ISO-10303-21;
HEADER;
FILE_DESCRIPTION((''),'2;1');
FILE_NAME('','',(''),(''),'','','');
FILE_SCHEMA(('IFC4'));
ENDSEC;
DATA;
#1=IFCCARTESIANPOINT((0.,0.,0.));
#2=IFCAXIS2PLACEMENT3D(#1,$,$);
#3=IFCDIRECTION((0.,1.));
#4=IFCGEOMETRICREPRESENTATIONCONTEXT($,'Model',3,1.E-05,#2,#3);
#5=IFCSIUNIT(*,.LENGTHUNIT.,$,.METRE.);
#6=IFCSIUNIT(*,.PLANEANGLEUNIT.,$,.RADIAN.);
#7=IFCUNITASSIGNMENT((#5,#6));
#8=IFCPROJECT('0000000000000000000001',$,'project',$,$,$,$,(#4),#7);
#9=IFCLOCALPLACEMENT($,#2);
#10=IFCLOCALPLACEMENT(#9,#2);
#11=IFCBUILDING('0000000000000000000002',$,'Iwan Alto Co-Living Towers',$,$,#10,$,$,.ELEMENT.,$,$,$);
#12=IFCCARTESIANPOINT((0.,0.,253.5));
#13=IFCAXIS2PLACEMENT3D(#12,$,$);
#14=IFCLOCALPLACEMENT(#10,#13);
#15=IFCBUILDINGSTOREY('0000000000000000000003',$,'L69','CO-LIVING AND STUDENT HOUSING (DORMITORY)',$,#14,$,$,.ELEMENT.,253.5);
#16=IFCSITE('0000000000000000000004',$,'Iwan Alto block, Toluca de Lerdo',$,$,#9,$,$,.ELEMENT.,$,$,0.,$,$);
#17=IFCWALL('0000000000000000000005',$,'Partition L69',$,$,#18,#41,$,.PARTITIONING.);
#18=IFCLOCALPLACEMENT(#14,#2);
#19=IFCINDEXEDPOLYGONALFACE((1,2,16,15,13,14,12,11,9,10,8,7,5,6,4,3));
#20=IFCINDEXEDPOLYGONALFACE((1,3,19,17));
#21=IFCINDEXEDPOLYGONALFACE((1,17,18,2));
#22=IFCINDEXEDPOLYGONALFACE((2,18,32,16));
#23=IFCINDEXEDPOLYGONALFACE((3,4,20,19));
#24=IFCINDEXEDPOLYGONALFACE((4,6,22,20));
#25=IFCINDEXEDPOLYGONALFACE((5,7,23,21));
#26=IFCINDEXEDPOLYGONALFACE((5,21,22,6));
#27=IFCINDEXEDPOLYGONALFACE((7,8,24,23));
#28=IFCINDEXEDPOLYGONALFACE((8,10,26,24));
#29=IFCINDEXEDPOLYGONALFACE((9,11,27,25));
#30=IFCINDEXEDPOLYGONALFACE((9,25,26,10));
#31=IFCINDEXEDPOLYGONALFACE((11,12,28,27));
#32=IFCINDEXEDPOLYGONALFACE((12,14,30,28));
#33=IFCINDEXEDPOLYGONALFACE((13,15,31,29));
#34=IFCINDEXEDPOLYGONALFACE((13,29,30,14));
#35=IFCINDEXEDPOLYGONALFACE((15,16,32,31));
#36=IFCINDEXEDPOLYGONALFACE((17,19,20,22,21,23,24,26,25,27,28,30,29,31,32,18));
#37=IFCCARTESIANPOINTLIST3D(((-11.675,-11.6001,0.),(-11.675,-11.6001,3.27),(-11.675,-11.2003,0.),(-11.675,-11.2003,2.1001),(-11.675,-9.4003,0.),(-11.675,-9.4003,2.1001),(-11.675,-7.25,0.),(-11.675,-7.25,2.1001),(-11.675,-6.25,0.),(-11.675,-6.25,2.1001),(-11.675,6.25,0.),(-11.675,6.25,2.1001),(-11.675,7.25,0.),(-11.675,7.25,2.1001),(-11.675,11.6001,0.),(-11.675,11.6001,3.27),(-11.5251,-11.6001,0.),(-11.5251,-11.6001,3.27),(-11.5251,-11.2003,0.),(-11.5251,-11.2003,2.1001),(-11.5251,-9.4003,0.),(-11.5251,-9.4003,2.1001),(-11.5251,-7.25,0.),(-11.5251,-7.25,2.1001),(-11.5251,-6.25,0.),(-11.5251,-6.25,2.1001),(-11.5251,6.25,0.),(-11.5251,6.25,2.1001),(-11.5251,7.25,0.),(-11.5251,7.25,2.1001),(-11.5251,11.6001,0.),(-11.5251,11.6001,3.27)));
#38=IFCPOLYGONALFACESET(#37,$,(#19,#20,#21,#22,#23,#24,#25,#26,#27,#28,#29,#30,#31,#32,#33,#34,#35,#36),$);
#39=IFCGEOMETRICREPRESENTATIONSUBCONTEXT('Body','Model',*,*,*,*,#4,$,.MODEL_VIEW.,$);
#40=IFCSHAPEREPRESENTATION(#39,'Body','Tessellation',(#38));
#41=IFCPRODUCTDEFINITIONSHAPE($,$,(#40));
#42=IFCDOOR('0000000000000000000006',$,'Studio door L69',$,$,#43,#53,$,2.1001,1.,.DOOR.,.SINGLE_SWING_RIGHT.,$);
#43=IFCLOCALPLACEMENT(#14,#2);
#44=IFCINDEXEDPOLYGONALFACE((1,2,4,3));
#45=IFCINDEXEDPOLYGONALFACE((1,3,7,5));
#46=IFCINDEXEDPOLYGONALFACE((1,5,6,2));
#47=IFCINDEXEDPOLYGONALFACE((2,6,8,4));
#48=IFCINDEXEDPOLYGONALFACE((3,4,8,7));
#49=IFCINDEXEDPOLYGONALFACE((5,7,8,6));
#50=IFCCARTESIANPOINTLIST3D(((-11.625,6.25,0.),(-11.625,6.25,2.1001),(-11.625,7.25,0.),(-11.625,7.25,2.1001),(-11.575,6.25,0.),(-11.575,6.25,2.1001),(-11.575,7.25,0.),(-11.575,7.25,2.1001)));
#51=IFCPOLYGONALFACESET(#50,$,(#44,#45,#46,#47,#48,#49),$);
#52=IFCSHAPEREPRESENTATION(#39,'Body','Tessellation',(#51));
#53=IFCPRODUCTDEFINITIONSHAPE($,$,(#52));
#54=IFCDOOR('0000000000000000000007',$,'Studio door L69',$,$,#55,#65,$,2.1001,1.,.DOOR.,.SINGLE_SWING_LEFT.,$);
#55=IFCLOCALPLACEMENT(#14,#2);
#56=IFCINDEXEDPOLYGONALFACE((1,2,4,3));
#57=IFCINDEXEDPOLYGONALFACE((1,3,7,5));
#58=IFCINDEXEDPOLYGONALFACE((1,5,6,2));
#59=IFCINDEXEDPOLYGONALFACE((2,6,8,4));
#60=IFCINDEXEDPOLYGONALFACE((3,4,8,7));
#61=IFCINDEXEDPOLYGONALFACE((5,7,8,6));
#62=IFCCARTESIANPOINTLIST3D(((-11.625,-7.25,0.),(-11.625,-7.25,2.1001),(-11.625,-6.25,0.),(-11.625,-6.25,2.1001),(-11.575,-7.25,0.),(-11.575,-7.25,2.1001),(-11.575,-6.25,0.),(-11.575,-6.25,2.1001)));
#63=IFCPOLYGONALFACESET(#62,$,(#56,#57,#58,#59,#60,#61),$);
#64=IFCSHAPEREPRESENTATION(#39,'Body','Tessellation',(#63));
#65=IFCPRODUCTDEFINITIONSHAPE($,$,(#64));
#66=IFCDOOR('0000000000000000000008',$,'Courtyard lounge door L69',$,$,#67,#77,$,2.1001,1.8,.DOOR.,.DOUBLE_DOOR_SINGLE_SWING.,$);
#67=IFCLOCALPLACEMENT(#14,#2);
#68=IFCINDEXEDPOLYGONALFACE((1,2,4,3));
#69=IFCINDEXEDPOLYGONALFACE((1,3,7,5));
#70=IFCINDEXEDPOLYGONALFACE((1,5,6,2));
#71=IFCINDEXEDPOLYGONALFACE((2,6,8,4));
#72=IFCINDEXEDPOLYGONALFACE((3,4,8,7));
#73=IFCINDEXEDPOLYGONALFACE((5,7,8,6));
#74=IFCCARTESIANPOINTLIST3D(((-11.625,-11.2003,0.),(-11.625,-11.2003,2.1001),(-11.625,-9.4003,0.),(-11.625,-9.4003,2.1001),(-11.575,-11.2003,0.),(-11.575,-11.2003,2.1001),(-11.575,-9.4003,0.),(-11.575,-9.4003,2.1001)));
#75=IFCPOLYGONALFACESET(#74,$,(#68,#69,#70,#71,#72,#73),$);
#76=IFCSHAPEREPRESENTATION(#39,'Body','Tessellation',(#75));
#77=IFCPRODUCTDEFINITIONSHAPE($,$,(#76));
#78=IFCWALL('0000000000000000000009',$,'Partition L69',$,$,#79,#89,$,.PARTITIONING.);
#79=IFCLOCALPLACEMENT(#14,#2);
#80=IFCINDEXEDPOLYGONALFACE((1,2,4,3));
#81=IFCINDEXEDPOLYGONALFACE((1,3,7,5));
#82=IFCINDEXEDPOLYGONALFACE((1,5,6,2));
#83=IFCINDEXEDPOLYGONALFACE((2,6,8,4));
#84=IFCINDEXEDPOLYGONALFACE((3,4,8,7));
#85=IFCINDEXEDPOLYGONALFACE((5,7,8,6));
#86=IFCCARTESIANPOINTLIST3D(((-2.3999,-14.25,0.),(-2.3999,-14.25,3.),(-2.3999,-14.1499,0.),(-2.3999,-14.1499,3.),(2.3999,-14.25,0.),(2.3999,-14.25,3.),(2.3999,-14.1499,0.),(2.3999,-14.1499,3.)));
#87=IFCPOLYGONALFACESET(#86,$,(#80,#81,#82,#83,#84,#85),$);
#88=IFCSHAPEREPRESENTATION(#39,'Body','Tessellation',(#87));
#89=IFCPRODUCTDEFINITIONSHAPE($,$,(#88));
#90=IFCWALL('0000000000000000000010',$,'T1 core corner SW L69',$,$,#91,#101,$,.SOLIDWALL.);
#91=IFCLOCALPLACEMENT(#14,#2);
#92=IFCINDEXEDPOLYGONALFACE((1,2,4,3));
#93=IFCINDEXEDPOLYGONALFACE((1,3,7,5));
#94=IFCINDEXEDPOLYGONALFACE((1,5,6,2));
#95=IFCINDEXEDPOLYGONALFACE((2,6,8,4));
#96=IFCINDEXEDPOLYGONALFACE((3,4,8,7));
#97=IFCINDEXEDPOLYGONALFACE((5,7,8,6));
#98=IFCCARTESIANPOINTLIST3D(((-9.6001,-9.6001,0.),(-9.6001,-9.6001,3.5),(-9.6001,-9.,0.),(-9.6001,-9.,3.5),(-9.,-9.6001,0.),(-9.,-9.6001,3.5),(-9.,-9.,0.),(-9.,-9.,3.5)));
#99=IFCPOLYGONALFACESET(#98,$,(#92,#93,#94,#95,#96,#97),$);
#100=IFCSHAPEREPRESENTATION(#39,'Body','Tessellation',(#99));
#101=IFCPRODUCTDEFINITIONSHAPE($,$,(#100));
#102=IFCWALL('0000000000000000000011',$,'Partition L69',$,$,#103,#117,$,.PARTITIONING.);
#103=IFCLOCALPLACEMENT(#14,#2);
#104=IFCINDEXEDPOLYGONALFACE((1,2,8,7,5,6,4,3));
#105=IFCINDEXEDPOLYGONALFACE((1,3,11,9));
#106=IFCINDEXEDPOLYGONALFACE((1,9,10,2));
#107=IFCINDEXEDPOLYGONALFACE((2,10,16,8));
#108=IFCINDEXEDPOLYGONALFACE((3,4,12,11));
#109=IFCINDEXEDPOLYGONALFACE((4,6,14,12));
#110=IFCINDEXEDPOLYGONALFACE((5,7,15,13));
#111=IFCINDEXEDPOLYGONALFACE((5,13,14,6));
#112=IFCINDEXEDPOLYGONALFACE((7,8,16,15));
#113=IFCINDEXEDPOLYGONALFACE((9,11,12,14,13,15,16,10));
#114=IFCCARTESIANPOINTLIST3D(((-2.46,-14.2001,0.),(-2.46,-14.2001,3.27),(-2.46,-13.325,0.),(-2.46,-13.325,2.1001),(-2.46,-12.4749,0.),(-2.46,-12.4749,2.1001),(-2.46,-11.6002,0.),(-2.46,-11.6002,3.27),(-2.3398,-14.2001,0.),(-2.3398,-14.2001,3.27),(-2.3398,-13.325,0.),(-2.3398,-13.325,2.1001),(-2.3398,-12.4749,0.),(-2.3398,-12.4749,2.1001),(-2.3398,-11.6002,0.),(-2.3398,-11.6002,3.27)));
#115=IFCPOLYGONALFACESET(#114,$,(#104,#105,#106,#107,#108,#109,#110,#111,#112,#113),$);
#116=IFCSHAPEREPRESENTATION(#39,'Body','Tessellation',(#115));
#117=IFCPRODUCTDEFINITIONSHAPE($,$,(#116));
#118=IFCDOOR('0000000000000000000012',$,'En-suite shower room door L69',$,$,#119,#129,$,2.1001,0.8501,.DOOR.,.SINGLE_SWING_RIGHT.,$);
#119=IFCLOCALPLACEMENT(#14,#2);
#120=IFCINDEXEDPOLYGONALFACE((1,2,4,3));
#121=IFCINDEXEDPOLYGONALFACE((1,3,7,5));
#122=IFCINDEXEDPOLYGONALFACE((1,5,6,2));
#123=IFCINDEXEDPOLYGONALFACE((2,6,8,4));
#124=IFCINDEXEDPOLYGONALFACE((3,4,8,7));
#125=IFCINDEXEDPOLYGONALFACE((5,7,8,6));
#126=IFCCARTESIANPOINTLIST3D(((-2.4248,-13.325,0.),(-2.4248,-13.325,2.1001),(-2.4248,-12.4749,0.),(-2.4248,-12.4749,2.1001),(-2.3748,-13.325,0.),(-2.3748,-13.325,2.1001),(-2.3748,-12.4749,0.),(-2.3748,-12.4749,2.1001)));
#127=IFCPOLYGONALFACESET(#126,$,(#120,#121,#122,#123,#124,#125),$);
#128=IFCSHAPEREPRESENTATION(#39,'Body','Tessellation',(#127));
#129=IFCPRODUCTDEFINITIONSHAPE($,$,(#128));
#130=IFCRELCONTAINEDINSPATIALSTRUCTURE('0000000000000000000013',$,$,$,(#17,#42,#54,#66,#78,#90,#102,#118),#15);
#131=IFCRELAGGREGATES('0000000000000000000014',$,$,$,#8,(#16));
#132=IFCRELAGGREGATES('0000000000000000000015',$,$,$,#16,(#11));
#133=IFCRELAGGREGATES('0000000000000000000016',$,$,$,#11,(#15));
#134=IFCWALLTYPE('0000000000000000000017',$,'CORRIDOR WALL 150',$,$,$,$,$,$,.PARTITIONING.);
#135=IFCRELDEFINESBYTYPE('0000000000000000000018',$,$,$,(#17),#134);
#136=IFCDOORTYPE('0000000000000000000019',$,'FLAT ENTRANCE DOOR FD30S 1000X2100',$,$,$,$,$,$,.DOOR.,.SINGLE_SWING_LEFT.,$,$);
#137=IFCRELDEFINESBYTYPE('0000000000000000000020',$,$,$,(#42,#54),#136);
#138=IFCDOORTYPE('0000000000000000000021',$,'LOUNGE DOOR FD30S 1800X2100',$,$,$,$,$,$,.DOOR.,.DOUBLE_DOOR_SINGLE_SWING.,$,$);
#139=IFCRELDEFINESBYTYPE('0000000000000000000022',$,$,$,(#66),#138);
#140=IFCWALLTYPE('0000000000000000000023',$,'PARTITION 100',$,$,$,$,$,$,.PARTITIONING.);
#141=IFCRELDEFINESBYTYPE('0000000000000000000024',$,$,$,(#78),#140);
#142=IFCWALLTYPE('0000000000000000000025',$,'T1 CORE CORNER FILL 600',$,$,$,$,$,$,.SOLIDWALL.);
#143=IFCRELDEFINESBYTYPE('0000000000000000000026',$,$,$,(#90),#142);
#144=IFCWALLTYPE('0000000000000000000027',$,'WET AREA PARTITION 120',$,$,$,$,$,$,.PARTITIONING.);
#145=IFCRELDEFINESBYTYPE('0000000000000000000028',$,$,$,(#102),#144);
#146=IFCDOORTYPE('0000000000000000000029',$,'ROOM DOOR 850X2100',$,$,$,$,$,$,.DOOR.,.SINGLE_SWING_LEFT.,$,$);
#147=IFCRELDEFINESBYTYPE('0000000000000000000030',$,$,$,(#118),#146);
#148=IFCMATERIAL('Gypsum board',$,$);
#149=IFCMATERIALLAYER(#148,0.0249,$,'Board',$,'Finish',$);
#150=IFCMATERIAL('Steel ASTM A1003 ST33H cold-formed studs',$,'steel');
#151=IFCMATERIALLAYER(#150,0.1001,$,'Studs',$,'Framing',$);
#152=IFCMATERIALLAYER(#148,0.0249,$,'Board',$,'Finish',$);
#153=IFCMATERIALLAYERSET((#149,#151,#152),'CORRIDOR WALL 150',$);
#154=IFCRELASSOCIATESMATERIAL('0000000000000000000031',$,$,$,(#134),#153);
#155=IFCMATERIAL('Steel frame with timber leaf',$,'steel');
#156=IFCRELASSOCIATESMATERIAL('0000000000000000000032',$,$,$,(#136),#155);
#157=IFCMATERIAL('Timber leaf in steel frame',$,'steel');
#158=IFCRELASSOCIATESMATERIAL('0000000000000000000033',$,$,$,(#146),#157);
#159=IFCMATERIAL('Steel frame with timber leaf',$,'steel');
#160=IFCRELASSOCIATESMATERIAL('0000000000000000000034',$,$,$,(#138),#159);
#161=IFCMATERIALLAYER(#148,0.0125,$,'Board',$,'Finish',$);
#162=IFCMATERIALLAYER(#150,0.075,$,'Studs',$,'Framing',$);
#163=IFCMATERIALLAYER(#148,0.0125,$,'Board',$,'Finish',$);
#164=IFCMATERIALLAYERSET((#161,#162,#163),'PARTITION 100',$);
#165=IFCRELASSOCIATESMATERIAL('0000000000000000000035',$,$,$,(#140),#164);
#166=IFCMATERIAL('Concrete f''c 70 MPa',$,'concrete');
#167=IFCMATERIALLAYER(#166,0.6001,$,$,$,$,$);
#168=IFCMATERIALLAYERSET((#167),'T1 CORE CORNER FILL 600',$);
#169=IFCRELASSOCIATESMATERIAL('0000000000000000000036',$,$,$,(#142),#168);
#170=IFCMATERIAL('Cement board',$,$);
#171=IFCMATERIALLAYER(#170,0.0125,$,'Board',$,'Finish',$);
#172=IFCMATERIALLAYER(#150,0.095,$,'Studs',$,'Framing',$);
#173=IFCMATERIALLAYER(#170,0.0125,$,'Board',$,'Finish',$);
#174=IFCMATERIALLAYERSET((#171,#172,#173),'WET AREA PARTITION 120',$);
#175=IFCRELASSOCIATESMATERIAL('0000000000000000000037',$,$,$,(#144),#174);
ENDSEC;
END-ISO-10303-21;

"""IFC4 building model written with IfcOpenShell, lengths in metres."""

from ifc_helpers import new_model, si_unit, direction, frame, frame_2d, origin, place, context, subcontext, project, spatial, rectangle, extrude, material, layer, layer_set, type_object, element, fill, save


model = new_model("IFC4")

# Units and contexts
model_context = context("Model", 3, precision=1e-05, world=origin(), true_north=direction((0.0, 1.0)))
body_context = subcontext(model_context, "Body", "Model", "MODEL_VIEW")
ifc_project = project(units=[si_unit("LENGTHUNIT", "METRE"), si_unit("PLANEANGLEUNIT", "RADIAN")], contexts=[model_context])

# Site, building, storey
site_placement = place(None, origin())
site = spatial("IfcSite", under=ifc_project, at=site_placement, Name="Iwan Alto block, Toluca de Lerdo", CompositionType="ELEMENT", RefElevation=0.0)
building_placement = place(site_placement, origin())
building = spatial("IfcBuilding", under=site, at=building_placement, Name="Iwan Alto Co-Living Towers", CompositionType="ELEMENT")
storey_placement = place(building_placement, frame((0.0, 0.0, 253.5)))
storey = spatial("IfcBuildingStorey", under=building, at=storey_placement, Name="L69", Description="CO-LIVING AND STUDENT HOUSING (DORMITORY)", CompositionType="ELEMENT", Elevation=253.5)

# Wall, openings, doors
ifc_material_1 = material(Name="Gypsum board")
ifc_layer_1 = layer(ifc_material_1, 0.0249, Name="Board", Category="Finish")
ifc_material_2 = material(Name="Steel ASTM A1003 ST33H cold-formed studs", Category="steel")
ifc_layer_2 = layer(ifc_material_2, 0.1001, Name="Studs", Category="Framing")
ifc_layer_3 = layer(ifc_material_1, 0.0249, Name="Board", Category="Finish")
ifc_layer_set_1 = layer_set([ifc_layer_1, ifc_layer_2, ifc_layer_3], Name="CORRIDOR WALL 150")
wall_type_1 = type_object("IfcWallType", Name="CORRIDOR WALL 150", PredefinedType="PARTITIONING", material=ifc_layer_set_1)
ifc_material_3 = material(Name="Steel frame with timber leaf", Category="steel")
door_type_1 = type_object("IfcDoorType", Name="FLAT ENTRANCE DOOR FD30S 1000X2100", OperationType="SINGLE_SWING_LEFT", PredefinedType="DOOR", material=ifc_material_3)
ifc_material_4 = material(Name="Timber leaf in steel frame", Category="steel")
door_type_2 = type_object("IfcDoorType", Name="ROOM DOOR 850X2100", OperationType="SINGLE_SWING_LEFT", PredefinedType="DOOR", material=ifc_material_4)
wall_1_placement = place(storey_placement, frame((-11.6001, -11.6001, 0.0), z_axis=(0.0, 0.0, 1.0), x_axis=(0.0, 1.0, 0.0)))
wall_1 = element("IfcWall", 1, at=wall_1_placement, inside=storey, type_object=wall_type_1, Name="Partition L69", PredefinedType="PARTITIONING", context=body_context, shape_type="SweptSolid", body=[
    extrude(rectangle(XDim=23.2002, YDim=0.1499, at=frame_2d((11.6001, 0.0))), origin(), (0.0, 0.0, 1.0), 3.27),
])
opening_1_placement = place(wall_1_placement, frame((17.8501, 0.0, 0.0)))
opening_1 = element("IfcOpeningElement", 2, at=opening_1_placement, cuts=wall_1, PredefinedType="OPENING", context=body_context, shape_type="SweptSolid", body=[
    extrude(rectangle(XDim=1.0, YDim=2.1001, at=frame_2d((0.5, 1.05))), frame((0.0, 0.085, 0.0), z_axis=(0.0, -1.0, 0.0), x_axis=(1.0, 0.0, 0.0)), (0.0, 0.0, 1.0), 0.1699),
])
opening_2_placement = place(wall_1_placement, frame((4.3501, 0.0, 0.0)))
opening_2 = element("IfcOpeningElement", 3, at=opening_2_placement, cuts=wall_1, PredefinedType="OPENING", context=body_context, shape_type="SweptSolid", body=[
    extrude(rectangle(XDim=1.0, YDim=2.1001, at=frame_2d((0.5, 1.05))), frame((0.0, 0.085, 0.0), z_axis=(0.0, -1.0, 0.0), x_axis=(1.0, 0.0, 0.0)), (0.0, 0.0, 1.0), 0.1699),
])
opening_3_placement = place(wall_1_placement, frame((0.3999, 0.0, 0.0)))
opening_3 = element("IfcOpeningElement", 4, at=opening_3_placement, cuts=wall_1, PredefinedType="OPENING", context=body_context, shape_type="SweptSolid", body=[
    extrude(rectangle(XDim=1.8, YDim=2.1001, at=frame_2d((0.8999, 1.05))), frame((0.0, 0.085, 0.0), z_axis=(0.0, -1.0, 0.0), x_axis=(1.0, 0.0, 0.0)), (0.0, 0.0, 1.0), 0.1699),
])
door_1_placement = place(opening_1_placement, origin())
door_1 = element("IfcDoor", 5, at=door_1_placement, inside=storey, type_object=door_type_1, Name="Studio door L69", OperationType="SINGLE_SWING_RIGHT", OverallHeight=2.1001, OverallWidth=1.0, PredefinedType="DOOR", context=body_context, shape_type="SweptSolid", body=[
    extrude(rectangle(XDim=1.0, YDim=2.1001, at=frame_2d((0.5, 1.05))), frame((0.0, 0.0249, 0.0), z_axis=(0.0, -1.0, 0.0), x_axis=(1.0, 0.0, 0.0)), (0.0, 0.0, 1.0), 0.05),
])
fill(opening_1, door_1)
door_2_placement = place(opening_2_placement, origin())
door_2 = element("IfcDoor", 6, at=door_2_placement, inside=storey, type_object=door_type_1, Name="Studio door L69", OperationType="SINGLE_SWING_LEFT", OverallHeight=2.1001, OverallWidth=1.0, PredefinedType="DOOR", context=body_context, shape_type="SweptSolid", body=[
    extrude(rectangle(XDim=1.0, YDim=2.1001, at=frame_2d((0.5, 1.05))), frame((0.0, 0.0249, 0.0), z_axis=(0.0, -1.0, 0.0), x_axis=(1.0, 0.0, 0.0)), (0.0, 0.0, 1.0), 0.05),
])
fill(opening_2, door_2)
ifc_material_5 = material(Name="Steel frame with timber leaf", Category="steel")
door_type_3 = type_object("IfcDoorType", Name="LOUNGE DOOR FD30S 1800X2100", OperationType="DOUBLE_DOOR_SINGLE_SWING", PredefinedType="DOOR", material=ifc_material_5)
door_3_placement = place(opening_3_placement, origin())
door_3 = element("IfcDoor", 7, at=door_3_placement, inside=storey, type_object=door_type_3, Name="Courtyard lounge door L69", OperationType="DOUBLE_DOOR_SINGLE_SWING", OverallHeight=2.1001, OverallWidth=1.8, PredefinedType="DOOR", context=body_context, shape_type="SweptSolid", body=[
    extrude(rectangle(XDim=1.8, YDim=2.1001, at=frame_2d((0.8999, 1.05))), frame((0.0, 0.0249, 0.0), z_axis=(0.0, -1.0, 0.0), x_axis=(1.0, 0.0, 0.0)), (0.0, 0.0, 1.0), 0.05),
])
fill(opening_3, door_3)

# Walls
ifc_layer_4 = layer(ifc_material_1, 0.0125, Name="Board", Category="Finish")
ifc_layer_5 = layer(ifc_material_2, 0.075, Name="Studs", Category="Framing")
ifc_layer_6 = layer(ifc_material_1, 0.0125, Name="Board", Category="Finish")
ifc_layer_set_2 = layer_set([ifc_layer_4, ifc_layer_5, ifc_layer_6], Name="PARTITION 100")
wall_type_2 = type_object("IfcWallType", Name="PARTITION 100", PredefinedType="PARTITIONING", material=ifc_layer_set_2)
wall_2_placement = place(storey_placement, frame((-2.3999, -14.2, 0.0), z_axis=(0.0, 0.0, 1.0), x_axis=(1.0, 0.0, 0.0)))
element("IfcWall", 8, at=wall_2_placement, inside=storey, type_object=wall_type_2, Name="Partition L69", PredefinedType="PARTITIONING", context=body_context, shape_type="SweptSolid", body=[
    extrude(rectangle(XDim=4.7998, YDim=0.1001, at=frame_2d((2.3999, 0.0))), origin(), (0.0, 0.0, 1.0), 3.0),
])
ifc_material_6 = material(Name="Concrete f'c 70 MPa", Category="concrete")
ifc_layer_7 = layer(ifc_material_6, 0.6001)
ifc_layer_set_3 = layer_set([ifc_layer_7], Name="T1 CORE CORNER FILL 600")
wall_type_3 = type_object("IfcWallType", Name="T1 CORE CORNER FILL 600", PredefinedType="SOLIDWALL", material=ifc_layer_set_3)
wall_3_placement = place(storey_placement, frame((-9.6001, -9.3, 0.0), z_axis=(0.0, 0.0, 1.0), x_axis=(1.0, 0.0, 0.0)))
element("IfcWall", 9, at=wall_3_placement, inside=storey, type_object=wall_type_3, Name="T1 core corner SW L69", PredefinedType="SOLIDWALL", context=body_context, shape_type="SweptSolid", body=[
    extrude(rectangle(XDim=0.6001, YDim=0.6001, at=frame_2d((0.3, 0.0))), origin(), (0.0, 0.0, 1.0), 3.5),
])

# Wall, opening, door
ifc_material_7 = material(Name="Cement board")
ifc_layer_8 = layer(ifc_material_7, 0.0125, Name="Board", Category="Finish")
ifc_layer_9 = layer(ifc_material_2, 0.095, Name="Studs", Category="Framing")
ifc_layer_10 = layer(ifc_material_7, 0.0125, Name="Board", Category="Finish")
ifc_layer_set_4 = layer_set([ifc_layer_8, ifc_layer_9, ifc_layer_10], Name="WET AREA PARTITION 120")
wall_type_4 = type_object("IfcWallType", Name="WET AREA PARTITION 120", PredefinedType="PARTITIONING", material=ifc_layer_set_4)
wall_4_placement = place(storey_placement, frame((-2.3999, -14.2, 0.0), z_axis=(0.0, 0.0, 1.0), x_axis=(0.0, 1.0, 0.0)))
wall_4 = element("IfcWall", 10, at=wall_4_placement, inside=storey, type_object=wall_type_4, Name="Partition L69", PredefinedType="PARTITIONING", context=body_context, shape_type="SweptSolid", body=[
    extrude(rectangle(XDim=2.5999, YDim=0.1201, at=frame_2d((1.2998, 0.0))), origin(), (0.0, 0.0, 1.0), 3.27),
])
opening_4_placement = place(wall_4_placement, frame((0.875, 0.0, 0.0)))
opening_4 = element("IfcOpeningElement", 11, at=opening_4_placement, cuts=wall_4, PredefinedType="OPENING", context=body_context, shape_type="SweptSolid", body=[
    extrude(rectangle(XDim=0.8501, YDim=2.1001, at=frame_2d((0.425, 1.05))), frame((0.0, 0.0701, 0.0), z_axis=(0.0, -1.0, 0.0), x_axis=(1.0, 0.0, 0.0)), (0.0, 0.0, 1.0), 0.1401),
])
door_4_placement = place(opening_4_placement, origin())
door_4 = element("IfcDoor", 12, at=door_4_placement, inside=storey, type_object=door_type_2, Name="En-suite shower room door L69", OperationType="SINGLE_SWING_RIGHT", OverallHeight=2.1001, OverallWidth=0.8501, PredefinedType="DOOR", context=body_context, shape_type="SweptSolid", body=[
    extrude(rectangle(XDim=0.8501, YDim=2.1001, at=frame_2d((0.425, 1.05))), frame((0.0, 0.0249, 0.0), z_axis=(0.0, -1.0, 0.0), x_axis=(1.0, 0.0, 0.0)), (0.0, 0.0, 1.0), 0.05),
])
fill(opening_4, door_4)

save(model, "model.ifc")
